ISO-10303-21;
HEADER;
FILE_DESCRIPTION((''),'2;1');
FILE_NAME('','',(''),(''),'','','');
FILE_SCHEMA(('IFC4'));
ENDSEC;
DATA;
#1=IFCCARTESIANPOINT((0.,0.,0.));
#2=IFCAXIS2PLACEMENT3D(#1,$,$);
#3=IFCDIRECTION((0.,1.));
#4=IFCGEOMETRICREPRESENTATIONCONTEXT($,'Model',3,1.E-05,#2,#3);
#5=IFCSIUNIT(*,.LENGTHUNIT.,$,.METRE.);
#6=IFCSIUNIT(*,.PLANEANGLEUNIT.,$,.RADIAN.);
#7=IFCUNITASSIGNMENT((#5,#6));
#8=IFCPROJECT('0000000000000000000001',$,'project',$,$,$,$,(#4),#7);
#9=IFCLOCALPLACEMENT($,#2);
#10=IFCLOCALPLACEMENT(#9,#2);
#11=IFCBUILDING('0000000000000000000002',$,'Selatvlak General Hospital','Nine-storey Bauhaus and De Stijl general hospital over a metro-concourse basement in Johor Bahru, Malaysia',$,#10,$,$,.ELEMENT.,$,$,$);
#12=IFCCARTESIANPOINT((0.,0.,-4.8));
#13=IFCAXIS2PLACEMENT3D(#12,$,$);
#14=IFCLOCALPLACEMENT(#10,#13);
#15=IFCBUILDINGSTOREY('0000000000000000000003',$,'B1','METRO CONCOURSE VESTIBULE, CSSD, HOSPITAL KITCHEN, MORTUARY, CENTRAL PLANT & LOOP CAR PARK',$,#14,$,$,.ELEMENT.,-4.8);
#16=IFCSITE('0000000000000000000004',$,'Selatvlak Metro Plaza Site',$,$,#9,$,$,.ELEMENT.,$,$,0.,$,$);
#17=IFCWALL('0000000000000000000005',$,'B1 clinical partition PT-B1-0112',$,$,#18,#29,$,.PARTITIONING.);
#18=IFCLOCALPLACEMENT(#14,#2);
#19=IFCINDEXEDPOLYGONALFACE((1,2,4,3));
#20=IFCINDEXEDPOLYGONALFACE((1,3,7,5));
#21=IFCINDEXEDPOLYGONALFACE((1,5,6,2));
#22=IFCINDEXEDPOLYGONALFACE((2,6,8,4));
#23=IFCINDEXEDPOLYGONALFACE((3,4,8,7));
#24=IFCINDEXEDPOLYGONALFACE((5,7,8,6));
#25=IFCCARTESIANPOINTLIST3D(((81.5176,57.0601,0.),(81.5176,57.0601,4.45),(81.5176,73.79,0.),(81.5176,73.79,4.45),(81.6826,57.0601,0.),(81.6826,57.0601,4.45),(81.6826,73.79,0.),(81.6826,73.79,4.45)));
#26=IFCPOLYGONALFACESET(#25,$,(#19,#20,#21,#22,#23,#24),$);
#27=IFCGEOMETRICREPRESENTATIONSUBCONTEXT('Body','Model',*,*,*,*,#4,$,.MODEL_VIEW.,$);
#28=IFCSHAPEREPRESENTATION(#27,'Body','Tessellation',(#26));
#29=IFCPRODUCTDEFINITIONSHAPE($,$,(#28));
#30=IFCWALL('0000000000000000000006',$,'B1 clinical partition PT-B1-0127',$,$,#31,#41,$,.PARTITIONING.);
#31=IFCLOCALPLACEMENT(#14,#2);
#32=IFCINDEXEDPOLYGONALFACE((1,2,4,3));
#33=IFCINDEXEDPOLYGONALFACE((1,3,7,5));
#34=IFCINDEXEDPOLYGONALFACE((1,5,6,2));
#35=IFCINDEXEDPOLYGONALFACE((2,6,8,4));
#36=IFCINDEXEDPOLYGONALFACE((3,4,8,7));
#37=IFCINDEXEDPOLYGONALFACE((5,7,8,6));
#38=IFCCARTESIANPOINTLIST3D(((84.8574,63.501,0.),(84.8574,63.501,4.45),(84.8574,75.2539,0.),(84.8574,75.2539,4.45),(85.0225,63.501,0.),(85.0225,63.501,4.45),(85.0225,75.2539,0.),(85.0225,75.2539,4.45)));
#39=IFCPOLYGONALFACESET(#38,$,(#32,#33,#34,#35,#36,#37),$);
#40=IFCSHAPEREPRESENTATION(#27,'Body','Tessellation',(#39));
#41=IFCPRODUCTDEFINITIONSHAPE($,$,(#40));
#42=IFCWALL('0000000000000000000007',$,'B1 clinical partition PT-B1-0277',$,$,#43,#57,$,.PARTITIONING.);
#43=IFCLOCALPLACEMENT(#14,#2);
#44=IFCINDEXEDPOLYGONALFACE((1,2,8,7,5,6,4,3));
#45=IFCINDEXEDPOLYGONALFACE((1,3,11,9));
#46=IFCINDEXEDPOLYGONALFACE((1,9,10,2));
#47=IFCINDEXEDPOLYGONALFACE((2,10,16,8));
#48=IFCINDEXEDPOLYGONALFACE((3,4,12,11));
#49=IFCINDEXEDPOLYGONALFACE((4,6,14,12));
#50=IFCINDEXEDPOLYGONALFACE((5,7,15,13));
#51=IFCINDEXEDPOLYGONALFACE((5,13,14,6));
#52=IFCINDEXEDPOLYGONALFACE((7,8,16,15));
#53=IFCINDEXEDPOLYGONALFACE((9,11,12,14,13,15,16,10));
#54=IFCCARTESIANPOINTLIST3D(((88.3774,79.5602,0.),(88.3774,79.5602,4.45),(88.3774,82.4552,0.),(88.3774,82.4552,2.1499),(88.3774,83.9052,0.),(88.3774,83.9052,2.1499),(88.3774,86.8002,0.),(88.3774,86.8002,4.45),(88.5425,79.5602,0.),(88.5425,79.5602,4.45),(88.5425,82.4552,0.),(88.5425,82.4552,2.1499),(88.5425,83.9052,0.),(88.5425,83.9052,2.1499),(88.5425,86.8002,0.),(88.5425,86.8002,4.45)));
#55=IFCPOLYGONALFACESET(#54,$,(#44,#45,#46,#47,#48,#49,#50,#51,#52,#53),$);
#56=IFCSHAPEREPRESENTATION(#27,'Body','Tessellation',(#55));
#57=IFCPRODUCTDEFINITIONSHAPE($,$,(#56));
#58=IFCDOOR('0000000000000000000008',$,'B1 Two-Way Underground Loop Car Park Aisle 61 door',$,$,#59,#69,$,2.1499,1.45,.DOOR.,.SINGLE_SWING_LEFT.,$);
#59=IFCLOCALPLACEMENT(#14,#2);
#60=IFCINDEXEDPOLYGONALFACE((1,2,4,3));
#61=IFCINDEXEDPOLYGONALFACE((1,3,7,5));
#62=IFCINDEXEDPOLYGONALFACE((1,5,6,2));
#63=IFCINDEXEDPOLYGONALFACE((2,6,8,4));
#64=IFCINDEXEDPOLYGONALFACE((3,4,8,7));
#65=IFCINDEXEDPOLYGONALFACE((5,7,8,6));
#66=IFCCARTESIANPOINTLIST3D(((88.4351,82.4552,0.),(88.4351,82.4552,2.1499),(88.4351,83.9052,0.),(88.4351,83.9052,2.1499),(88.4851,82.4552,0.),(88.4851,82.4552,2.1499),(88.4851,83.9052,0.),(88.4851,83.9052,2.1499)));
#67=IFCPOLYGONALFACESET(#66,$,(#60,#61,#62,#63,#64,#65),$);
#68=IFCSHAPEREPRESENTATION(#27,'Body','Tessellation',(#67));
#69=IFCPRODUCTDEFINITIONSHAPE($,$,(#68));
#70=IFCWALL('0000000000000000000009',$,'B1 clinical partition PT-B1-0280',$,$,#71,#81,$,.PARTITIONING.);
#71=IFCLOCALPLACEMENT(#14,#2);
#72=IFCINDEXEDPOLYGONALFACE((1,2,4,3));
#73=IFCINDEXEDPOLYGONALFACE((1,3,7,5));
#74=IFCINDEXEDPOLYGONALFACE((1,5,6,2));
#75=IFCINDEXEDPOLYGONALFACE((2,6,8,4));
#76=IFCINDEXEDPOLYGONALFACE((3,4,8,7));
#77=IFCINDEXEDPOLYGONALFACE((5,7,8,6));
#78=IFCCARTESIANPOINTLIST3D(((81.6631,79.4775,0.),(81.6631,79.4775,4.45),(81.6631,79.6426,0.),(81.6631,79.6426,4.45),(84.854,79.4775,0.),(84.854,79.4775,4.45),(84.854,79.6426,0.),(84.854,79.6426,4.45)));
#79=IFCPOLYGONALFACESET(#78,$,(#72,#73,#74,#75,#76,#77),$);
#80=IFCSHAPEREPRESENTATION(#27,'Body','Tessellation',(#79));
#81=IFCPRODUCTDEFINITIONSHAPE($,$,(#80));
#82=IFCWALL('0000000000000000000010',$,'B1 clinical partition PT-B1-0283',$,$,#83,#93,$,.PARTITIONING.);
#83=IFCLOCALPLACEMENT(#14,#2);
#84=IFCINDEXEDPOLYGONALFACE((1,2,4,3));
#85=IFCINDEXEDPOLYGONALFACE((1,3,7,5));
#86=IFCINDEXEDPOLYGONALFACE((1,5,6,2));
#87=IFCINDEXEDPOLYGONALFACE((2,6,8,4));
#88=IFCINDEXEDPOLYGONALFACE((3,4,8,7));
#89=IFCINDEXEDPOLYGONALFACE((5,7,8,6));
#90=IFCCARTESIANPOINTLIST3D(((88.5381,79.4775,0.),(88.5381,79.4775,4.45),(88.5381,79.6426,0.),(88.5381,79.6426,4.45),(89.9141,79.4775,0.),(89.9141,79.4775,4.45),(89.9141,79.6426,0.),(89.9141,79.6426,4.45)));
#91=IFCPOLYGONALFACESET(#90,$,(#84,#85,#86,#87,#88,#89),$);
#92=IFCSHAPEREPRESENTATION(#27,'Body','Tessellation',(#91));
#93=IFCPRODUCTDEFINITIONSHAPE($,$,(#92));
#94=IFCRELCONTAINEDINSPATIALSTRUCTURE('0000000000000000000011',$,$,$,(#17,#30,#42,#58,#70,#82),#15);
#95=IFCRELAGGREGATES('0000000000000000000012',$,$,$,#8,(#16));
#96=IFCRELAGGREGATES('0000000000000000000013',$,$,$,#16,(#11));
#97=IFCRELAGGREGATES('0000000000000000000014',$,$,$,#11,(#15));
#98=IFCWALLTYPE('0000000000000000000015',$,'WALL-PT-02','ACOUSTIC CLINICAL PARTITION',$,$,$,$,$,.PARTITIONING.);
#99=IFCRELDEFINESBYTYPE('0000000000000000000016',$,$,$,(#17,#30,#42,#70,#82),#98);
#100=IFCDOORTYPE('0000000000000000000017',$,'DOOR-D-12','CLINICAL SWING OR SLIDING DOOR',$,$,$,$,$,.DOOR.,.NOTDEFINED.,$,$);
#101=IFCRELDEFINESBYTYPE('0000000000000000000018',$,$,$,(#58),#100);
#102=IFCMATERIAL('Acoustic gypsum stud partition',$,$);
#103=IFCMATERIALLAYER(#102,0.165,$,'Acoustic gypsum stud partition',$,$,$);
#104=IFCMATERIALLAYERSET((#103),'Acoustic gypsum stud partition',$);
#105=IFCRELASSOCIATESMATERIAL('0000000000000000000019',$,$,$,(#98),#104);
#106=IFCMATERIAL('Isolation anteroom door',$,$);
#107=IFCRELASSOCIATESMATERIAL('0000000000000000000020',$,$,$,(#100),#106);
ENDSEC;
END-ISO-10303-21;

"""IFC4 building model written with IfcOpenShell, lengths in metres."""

from ifc_helpers import new_model, si_unit, direction, frame, frame_2d, origin, place, context, subcontext, project, spatial, rectangle, extrude, material, layer, layer_set, type_object, element, fill, save


model = new_model("IFC4")

# Units and contexts
model_context = context("Model", 3, precision=1e-05, world=origin(), true_north=direction((0.0, 1.0)))
body_context = subcontext(model_context, "Body", "Model", "MODEL_VIEW")
ifc_project = project(units=[si_unit("LENGTHUNIT", "METRE"), si_unit("PLANEANGLEUNIT", "RADIAN")], contexts=[model_context])

# Site, building, storey
site_placement = place(None, origin())
site = spatial("IfcSite", under=ifc_project, at=site_placement, Name="Selatvlak Metro Plaza Site", CompositionType="ELEMENT", RefElevation=0.0)
building_placement = place(site_placement, origin())
building = spatial("IfcBuilding", under=site, at=building_placement, Name="Selatvlak General Hospital", Description="Nine-storey Bauhaus and De Stijl general hospital over a metro-concourse basement in Johor Bahru, Malaysia", CompositionType="ELEMENT")
storey_placement = place(building_placement, frame((0.0, 0.0, -4.8)))
storey = spatial("IfcBuildingStorey", under=building, at=storey_placement, Name="B1", Description="METRO CONCOURSE VESTIBULE, CSSD, HOSPITAL KITCHEN, MORTUARY, CENTRAL PLANT & LOOP CAR PARK", CompositionType="ELEMENT", Elevation=-4.8)

# Walls
ifc_material_1 = material(Name="Acoustic gypsum stud partition")
ifc_layer_1 = layer(ifc_material_1, 0.165, Name="Acoustic gypsum stud partition")
ifc_layer_set_1 = layer_set([ifc_layer_1], Name="Acoustic gypsum stud partition")
wall_type_1 = type_object("IfcWallType", Name="WALL-PT-02", Description="ACOUSTIC CLINICAL PARTITION", PredefinedType="PARTITIONING", material=ifc_layer_set_1)
wall_1_placement = place(storey_placement, frame((81.6001, 73.79, 0.0), z_axis=(0.0, 0.0, 1.0), x_axis=(0.0, -1.0, 0.0)))
element("IfcWall", 1, at=wall_1_placement, inside=storey, type_object=wall_type_1, Name="B1 clinical partition PT-B1-0112", PredefinedType="PARTITIONING", context=body_context, shape_type="SweptSolid", body=[
    extrude(rectangle(XDim=16.73, YDim=0.165, at=frame_2d((8.365, 0.0))), origin(), (0.0, 0.0, 1.0), 4.45),
])
wall_2_placement = place(storey_placement, frame((84.9399, 75.2539, 0.0), z_axis=(0.0, 0.0, 1.0), x_axis=(0.0, -1.0, 0.0)))
element("IfcWall", 2, at=wall_2_placement, inside=storey, type_object=wall_type_1, Name="B1 clinical partition PT-B1-0127", PredefinedType="PARTITIONING", context=body_context, shape_type="SweptSolid", body=[
    extrude(rectangle(XDim=11.7529, YDim=0.165, at=frame_2d((5.8765, 0.0))), origin(), (0.0, 0.0, 1.0), 4.45),
])

# Wall, opening, door
wall_3_placement = place(storey_placement, frame((88.46, 79.5601, 0.0), z_axis=(0.0, 0.0, 1.0), x_axis=(0.0, 1.0, 0.0)))
wall_3 = element("IfcWall", 3, at=wall_3_placement, inside=storey, type_object=wall_type_1, Name="B1 clinical partition PT-B1-0277", PredefinedType="PARTITIONING", context=body_context, shape_type="SweptSolid", body=[
    extrude(rectangle(XDim=7.24, YDim=0.165, at=frame_2d((3.6201, 0.0))), origin(), (0.0, 0.0, 1.0), 4.45),
])
opening_placement = place(wall_3_placement, frame((2.895, 0.0, 0.0)))
opening = element("IfcOpeningElement", 4, at=opening_placement, cuts=wall_3, PredefinedType="OPENING", context=body_context, shape_type="SweptSolid", body=[
    extrude(rectangle(XDim=1.45, YDim=2.1499, at=frame_2d((0.7251, 1.075))), frame((0.0, 0.0925, 0.0), z_axis=(0.0, -1.0, 0.0), x_axis=(1.0, 0.0, 0.0)), (0.0, 0.0, 1.0), 0.1851),
])
ifc_material_2 = material(Name="Isolation anteroom door")
door_type = type_object("IfcDoorType", Name="DOOR-D-12", Description="CLINICAL SWING OR SLIDING DOOR", OperationType="NOTDEFINED", PredefinedType="DOOR", material=ifc_material_2)
door_placement = place(opening_placement, origin())
door = element("IfcDoor", 5, at=door_placement, inside=storey, type_object=door_type, Name="B1 Two-Way Underground Loop Car Park Aisle 61 door", OperationType="SINGLE_SWING_LEFT", OverallHeight=2.1499, OverallWidth=1.45, PredefinedType="DOOR", context=body_context, shape_type="SweptSolid", body=[
    extrude(rectangle(XDim=1.45, YDim=2.1499, at=frame_2d((0.7251, 1.075))), frame((0.0, 0.0249, 0.0), z_axis=(0.0, -1.0, 0.0), x_axis=(1.0, 0.0, 0.0)), (0.0, 0.0, 1.0), 0.05),
])
fill(opening, door)

# Walls
wall_4_placement = place(storey_placement, frame((84.854, 79.5601, 0.0), z_axis=(0.0, 0.0, 1.0), x_axis=(-1.0, 0.0, 0.0)))
element("IfcWall", 6, at=wall_4_placement, inside=storey, type_object=wall_type_1, Name="B1 clinical partition PT-B1-0280", PredefinedType="PARTITIONING", context=body_context, shape_type="SweptSolid", body=[
    extrude(rectangle(XDim=3.1909, YDim=0.165, at=frame_2d((1.5955, 0.0))), origin(), (0.0, 0.0, 1.0), 4.45),
])
wall_5_placement = place(storey_placement, frame((89.9141, 79.5601, 0.0), z_axis=(0.0, 0.0, 1.0), x_axis=(-1.0, 0.0, 0.0)))
element("IfcWall", 7, at=wall_5_placement, inside=storey, type_object=wall_type_1, Name="B1 clinical partition PT-B1-0283", PredefinedType="PARTITIONING", context=body_context, shape_type="SweptSolid", body=[
    extrude(rectangle(XDim=1.376, YDim=0.165, at=frame_2d((0.688, 0.0))), origin(), (0.0, 0.0, 1.0), 4.45),
])

save(model, "model.ifc")
